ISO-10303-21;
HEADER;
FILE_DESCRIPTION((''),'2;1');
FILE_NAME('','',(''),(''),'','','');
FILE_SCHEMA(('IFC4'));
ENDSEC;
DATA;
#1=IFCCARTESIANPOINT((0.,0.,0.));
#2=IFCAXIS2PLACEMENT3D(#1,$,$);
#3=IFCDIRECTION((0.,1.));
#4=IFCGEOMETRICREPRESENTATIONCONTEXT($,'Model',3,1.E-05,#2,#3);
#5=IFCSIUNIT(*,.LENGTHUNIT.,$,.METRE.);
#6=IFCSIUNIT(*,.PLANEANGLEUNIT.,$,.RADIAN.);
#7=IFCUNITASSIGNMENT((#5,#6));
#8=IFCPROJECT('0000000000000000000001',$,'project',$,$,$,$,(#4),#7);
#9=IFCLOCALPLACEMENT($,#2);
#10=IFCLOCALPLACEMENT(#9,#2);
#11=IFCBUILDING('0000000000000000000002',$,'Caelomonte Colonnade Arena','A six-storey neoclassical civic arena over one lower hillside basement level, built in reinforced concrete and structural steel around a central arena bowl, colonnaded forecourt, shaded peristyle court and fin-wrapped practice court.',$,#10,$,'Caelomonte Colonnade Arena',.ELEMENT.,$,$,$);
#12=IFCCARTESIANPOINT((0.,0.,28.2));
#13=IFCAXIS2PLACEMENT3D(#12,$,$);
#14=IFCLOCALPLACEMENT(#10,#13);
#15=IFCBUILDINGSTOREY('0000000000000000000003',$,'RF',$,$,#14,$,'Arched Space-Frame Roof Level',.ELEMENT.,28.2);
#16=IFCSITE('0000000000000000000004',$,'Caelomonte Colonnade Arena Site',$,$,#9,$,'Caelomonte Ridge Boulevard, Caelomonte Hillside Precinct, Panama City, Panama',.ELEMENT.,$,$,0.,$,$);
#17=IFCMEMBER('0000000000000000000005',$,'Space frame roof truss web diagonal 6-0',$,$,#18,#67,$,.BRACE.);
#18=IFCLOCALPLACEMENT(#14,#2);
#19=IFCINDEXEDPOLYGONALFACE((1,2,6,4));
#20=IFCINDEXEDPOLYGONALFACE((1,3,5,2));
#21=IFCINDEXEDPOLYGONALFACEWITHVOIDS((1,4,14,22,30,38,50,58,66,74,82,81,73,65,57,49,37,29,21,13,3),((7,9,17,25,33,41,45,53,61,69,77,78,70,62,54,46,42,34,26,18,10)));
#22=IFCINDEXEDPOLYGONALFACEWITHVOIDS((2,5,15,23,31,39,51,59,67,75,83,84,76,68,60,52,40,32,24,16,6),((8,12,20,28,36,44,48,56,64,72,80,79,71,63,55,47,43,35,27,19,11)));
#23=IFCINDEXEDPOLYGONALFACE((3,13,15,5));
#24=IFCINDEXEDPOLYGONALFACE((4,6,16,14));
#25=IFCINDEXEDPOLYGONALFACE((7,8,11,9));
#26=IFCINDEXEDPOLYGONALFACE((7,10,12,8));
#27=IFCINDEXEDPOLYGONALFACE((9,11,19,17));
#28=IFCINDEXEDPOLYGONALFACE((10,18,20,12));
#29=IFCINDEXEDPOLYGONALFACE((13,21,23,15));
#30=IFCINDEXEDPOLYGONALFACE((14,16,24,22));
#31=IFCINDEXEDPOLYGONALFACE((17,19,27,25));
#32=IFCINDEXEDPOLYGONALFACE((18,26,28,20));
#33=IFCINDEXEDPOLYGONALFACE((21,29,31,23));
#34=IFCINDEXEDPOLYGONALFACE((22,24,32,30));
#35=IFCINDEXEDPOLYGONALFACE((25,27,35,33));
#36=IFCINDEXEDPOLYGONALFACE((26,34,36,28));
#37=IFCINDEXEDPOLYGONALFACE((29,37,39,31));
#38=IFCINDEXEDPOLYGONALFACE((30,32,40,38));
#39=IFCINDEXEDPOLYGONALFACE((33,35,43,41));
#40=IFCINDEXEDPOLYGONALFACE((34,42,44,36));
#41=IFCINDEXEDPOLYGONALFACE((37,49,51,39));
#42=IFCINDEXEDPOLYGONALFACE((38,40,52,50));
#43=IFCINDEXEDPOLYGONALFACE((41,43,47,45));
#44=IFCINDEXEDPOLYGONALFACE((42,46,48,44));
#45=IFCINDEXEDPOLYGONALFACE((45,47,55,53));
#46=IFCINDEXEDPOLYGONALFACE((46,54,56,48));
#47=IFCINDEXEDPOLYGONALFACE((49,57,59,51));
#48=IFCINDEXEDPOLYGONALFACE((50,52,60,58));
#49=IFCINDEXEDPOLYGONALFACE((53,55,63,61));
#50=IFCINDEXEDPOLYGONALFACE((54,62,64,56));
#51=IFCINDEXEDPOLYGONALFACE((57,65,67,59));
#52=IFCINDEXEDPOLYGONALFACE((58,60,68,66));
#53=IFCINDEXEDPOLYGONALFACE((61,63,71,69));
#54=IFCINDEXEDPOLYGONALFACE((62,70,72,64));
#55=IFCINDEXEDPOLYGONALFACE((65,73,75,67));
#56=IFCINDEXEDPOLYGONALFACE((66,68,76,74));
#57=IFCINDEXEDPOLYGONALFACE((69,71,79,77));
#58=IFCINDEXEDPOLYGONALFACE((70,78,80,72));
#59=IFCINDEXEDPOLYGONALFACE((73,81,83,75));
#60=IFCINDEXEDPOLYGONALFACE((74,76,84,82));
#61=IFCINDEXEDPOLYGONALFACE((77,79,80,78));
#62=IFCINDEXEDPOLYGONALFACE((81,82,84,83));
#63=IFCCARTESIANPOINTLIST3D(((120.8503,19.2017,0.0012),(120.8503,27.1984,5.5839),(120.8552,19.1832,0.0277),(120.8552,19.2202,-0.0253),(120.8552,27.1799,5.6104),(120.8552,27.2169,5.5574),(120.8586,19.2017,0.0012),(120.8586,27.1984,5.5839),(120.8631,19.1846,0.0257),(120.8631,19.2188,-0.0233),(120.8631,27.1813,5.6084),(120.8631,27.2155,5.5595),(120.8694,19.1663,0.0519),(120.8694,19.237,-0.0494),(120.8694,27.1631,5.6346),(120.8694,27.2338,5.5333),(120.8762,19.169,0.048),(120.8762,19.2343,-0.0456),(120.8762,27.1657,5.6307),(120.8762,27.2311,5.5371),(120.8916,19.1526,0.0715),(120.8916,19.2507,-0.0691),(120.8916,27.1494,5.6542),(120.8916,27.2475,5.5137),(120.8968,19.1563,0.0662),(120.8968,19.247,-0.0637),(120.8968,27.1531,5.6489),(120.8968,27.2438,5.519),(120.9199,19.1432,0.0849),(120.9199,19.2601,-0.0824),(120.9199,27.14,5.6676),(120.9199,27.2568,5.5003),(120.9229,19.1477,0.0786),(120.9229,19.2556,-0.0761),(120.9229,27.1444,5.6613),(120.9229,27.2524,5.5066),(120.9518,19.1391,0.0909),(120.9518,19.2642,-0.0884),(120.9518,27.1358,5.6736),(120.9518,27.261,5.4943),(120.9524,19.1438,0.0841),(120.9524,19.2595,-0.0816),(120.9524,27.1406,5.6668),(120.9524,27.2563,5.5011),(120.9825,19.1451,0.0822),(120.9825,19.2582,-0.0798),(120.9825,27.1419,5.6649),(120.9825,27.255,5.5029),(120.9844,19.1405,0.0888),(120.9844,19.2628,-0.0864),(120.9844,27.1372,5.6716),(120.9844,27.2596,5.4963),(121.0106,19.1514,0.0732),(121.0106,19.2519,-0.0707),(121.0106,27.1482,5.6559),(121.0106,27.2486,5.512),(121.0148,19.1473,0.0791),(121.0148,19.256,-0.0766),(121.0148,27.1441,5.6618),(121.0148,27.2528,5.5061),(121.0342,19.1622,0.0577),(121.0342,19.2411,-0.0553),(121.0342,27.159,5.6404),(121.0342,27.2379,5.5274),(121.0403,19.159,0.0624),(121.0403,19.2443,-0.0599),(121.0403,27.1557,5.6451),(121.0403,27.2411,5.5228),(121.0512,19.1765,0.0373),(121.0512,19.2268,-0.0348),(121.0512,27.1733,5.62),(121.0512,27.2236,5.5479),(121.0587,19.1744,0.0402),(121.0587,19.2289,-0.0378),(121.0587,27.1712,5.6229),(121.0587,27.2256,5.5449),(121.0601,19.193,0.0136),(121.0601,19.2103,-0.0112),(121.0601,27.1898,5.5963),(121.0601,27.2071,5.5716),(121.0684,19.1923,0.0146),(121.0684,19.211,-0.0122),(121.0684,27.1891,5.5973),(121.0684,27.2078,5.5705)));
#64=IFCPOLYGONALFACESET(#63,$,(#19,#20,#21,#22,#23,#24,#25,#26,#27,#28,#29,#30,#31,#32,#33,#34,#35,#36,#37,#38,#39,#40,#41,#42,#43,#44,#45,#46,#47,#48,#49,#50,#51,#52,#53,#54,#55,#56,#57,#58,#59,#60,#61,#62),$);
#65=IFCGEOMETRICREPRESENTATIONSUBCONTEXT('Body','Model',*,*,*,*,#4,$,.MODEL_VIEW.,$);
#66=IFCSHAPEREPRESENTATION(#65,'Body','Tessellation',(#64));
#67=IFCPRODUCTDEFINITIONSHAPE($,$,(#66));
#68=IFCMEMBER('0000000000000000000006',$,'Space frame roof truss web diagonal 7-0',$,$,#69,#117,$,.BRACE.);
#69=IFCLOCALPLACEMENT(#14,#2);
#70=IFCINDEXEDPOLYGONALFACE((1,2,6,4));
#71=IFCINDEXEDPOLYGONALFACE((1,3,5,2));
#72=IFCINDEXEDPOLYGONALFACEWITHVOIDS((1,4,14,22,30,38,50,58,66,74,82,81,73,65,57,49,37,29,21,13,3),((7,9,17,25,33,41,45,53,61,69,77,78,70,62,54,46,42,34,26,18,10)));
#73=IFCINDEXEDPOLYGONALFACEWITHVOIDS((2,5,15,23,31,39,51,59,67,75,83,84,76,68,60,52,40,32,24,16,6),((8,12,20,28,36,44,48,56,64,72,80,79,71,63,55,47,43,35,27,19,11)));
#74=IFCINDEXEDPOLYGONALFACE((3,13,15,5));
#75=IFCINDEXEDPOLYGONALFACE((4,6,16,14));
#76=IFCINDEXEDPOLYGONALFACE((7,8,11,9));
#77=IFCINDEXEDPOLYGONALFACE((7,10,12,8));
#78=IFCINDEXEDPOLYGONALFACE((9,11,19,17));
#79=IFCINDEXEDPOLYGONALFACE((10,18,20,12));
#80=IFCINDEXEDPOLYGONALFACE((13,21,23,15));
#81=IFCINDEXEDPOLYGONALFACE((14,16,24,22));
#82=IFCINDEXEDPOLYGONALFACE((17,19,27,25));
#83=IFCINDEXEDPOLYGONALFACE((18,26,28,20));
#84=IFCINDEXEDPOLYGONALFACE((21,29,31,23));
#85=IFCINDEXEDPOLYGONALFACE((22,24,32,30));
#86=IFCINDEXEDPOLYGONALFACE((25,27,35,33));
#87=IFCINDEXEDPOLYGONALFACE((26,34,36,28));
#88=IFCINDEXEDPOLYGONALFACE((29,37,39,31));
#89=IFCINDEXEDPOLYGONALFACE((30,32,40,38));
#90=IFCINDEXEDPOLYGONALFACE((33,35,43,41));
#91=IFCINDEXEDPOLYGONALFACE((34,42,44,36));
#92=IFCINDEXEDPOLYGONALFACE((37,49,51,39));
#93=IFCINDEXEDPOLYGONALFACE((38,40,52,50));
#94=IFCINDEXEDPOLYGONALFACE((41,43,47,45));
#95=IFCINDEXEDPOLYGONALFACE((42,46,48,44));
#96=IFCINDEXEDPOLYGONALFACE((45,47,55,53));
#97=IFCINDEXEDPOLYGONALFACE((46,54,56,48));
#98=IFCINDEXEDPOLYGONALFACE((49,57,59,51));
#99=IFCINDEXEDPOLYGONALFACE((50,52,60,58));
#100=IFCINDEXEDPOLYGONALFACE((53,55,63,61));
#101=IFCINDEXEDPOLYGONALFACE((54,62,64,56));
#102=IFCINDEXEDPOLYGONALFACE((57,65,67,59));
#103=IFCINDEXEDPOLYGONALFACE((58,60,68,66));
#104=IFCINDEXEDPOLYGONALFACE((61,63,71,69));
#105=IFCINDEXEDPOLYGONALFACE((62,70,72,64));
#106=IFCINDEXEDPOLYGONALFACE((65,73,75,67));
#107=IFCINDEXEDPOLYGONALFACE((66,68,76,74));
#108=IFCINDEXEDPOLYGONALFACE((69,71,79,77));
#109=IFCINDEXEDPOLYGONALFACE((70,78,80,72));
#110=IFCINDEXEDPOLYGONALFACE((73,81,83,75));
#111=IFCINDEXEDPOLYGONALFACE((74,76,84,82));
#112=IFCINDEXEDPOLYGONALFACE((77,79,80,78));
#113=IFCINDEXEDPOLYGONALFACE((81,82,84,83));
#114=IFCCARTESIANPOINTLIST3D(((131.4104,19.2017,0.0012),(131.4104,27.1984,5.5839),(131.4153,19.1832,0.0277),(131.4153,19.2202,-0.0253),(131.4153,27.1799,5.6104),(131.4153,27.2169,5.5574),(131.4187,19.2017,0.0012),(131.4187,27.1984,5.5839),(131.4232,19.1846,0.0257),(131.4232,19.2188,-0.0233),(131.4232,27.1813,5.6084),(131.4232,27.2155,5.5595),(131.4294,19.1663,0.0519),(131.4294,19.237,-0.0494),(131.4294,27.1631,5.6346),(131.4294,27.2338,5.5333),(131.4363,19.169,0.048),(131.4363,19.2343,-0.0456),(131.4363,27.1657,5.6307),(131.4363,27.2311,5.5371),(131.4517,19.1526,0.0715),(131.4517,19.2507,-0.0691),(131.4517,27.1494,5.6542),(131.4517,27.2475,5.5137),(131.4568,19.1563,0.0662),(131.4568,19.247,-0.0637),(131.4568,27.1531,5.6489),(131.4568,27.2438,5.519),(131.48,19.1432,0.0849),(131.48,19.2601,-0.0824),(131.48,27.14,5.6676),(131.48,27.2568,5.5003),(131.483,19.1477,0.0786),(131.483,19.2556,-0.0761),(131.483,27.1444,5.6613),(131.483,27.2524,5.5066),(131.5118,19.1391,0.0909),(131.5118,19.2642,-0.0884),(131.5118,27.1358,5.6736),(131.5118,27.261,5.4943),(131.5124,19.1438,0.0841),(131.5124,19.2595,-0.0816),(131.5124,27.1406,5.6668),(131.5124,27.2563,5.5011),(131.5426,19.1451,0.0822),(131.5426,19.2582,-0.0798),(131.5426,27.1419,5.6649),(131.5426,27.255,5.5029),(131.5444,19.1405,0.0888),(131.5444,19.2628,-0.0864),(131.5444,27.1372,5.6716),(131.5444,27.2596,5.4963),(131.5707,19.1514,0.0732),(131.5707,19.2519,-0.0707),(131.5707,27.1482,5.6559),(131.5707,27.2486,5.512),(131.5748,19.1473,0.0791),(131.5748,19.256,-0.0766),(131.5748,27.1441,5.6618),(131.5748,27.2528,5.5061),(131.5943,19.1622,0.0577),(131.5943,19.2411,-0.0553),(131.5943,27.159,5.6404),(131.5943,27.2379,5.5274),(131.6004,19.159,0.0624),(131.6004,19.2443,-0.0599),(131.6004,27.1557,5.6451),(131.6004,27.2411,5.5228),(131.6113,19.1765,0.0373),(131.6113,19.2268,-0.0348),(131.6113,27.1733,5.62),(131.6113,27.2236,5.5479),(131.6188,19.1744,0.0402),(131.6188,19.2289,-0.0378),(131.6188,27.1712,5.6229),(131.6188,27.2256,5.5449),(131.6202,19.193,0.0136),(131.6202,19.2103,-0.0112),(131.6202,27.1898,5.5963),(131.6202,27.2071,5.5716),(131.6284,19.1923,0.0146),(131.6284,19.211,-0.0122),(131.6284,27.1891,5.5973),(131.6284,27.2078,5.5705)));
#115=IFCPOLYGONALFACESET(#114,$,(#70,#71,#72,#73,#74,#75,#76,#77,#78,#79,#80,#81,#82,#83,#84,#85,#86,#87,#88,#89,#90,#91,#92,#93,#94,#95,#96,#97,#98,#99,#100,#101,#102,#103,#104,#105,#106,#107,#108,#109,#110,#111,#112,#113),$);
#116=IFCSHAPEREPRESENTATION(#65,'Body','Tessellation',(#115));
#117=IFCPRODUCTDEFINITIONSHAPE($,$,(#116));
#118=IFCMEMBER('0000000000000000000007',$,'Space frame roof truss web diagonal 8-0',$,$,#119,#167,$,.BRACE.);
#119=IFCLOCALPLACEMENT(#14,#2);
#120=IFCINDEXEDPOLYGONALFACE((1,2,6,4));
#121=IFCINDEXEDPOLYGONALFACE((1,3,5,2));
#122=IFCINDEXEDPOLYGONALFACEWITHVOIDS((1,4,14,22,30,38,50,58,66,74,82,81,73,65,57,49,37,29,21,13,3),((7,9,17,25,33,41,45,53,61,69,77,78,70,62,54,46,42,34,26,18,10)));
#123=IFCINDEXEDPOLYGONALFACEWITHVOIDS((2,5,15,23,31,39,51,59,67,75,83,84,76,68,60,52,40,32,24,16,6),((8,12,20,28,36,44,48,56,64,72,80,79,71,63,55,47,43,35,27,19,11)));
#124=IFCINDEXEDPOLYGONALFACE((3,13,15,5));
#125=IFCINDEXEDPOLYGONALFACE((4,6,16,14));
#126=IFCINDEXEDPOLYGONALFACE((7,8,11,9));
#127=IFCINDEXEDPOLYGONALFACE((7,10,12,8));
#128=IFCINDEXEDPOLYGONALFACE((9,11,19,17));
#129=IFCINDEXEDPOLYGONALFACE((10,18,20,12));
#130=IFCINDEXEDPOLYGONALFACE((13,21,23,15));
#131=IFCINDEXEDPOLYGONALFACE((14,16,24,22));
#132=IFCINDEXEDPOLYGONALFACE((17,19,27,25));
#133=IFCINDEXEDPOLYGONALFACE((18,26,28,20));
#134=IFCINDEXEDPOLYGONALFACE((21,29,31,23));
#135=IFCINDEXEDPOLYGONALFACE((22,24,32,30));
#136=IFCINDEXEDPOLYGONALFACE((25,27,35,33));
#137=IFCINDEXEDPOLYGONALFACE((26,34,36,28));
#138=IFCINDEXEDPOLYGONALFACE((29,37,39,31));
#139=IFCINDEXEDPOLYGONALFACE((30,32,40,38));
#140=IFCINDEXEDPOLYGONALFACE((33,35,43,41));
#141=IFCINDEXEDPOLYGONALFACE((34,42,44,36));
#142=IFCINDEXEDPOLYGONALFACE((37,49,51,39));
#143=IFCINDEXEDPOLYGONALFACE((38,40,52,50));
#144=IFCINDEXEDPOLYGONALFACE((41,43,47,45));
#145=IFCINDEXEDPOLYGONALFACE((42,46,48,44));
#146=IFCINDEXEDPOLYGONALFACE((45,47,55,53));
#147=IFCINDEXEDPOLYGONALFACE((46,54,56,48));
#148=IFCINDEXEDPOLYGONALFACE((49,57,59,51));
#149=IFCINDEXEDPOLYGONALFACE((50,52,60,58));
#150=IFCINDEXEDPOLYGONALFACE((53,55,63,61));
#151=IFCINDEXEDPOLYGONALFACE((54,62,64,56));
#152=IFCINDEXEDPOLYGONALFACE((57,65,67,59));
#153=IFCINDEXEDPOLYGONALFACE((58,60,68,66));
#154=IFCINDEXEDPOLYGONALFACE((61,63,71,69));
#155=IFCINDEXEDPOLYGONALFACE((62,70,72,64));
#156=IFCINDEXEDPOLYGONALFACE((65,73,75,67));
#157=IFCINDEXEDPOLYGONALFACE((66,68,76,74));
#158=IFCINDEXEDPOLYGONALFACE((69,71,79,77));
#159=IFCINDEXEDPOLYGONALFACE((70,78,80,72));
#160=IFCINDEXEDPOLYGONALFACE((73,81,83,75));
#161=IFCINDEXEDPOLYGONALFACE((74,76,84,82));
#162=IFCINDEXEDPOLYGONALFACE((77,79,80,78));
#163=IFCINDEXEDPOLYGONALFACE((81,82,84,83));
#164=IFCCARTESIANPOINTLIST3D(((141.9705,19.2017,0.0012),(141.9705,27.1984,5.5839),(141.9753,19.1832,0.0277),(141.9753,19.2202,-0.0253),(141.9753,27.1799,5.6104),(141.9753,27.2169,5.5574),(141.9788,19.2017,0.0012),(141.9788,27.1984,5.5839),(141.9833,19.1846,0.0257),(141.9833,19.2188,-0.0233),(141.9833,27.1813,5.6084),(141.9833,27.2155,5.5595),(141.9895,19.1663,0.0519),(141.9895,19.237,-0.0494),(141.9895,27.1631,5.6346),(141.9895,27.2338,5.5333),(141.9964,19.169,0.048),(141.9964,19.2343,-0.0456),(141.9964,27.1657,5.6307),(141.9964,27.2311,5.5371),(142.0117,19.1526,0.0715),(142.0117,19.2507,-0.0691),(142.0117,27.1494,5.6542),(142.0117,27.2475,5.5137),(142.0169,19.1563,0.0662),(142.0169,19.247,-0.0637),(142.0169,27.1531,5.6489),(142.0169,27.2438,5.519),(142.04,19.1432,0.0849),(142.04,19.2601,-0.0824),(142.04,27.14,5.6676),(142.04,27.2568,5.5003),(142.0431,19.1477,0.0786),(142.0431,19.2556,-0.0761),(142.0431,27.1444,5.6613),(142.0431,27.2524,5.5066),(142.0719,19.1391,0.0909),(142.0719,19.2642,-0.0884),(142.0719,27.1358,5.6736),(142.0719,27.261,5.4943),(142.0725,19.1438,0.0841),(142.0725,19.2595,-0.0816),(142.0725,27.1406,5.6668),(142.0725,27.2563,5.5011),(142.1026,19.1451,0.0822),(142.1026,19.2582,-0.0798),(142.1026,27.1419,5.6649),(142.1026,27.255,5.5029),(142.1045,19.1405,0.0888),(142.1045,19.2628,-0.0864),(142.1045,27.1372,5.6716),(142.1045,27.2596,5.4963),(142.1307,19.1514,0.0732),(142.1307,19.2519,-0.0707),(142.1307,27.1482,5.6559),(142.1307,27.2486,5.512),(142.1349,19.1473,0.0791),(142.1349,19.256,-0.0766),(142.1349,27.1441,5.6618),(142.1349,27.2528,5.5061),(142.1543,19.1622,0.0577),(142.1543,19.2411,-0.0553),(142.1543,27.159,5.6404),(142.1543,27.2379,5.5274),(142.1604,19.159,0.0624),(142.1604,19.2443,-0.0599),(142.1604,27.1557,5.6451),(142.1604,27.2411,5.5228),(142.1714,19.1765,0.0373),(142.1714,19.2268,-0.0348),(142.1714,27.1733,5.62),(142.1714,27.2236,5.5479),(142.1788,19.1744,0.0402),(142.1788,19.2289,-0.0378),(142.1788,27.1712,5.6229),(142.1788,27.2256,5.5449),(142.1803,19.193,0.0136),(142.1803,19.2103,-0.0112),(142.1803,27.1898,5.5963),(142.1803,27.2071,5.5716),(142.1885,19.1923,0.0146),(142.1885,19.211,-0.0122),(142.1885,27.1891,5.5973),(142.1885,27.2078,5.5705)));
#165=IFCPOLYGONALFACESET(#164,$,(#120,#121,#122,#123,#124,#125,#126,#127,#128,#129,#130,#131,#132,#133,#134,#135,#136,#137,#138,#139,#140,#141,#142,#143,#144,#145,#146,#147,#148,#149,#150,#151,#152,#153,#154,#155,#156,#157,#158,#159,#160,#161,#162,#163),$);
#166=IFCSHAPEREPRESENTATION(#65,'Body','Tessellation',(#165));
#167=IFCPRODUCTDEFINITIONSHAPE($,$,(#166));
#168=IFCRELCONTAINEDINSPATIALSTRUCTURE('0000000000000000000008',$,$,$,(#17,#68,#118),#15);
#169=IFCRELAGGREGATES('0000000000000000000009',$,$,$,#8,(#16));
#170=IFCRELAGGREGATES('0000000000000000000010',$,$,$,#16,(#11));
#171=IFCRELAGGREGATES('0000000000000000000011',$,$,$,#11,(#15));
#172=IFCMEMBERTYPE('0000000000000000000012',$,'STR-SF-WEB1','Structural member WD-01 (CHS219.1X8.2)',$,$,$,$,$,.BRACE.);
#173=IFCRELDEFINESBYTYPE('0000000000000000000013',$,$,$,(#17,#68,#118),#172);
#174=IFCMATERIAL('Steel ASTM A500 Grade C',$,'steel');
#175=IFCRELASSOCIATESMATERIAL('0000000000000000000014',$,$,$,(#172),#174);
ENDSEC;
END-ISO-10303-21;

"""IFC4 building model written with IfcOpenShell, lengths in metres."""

from ifc_helpers import new_model, si_unit, direction, frame, origin, origin_2d, place, context, subcontext, project, spatial, hollow_circle, extrude, material, material_profile, profile_set, type_object, element, save


model = new_model("IFC4")

# Units and contexts
model_context = context("Model", 3, precision=1e-05, world=origin(), true_north=direction((0.0, 1.0)))
body_context = subcontext(model_context, "Body", "Model", "MODEL_VIEW")
ifc_project = project(units=[si_unit("LENGTHUNIT", "METRE"), si_unit("PLANEANGLEUNIT", "RADIAN")], contexts=[model_context])

# Site, building, storey
site_placement = place(None, origin())
site = spatial("IfcSite", under=ifc_project, at=site_placement, Name="Caelomonte Colonnade Arena Site", LongName="Caelomonte Ridge Boulevard, Caelomonte Hillside Precinct, Panama City, Panama", CompositionType="ELEMENT", RefElevation=0.0)
building_placement = place(site_placement, origin())
building = spatial("IfcBuilding", under=site, at=building_placement, Name="Caelomonte Colonnade Arena", Description="A six-storey neoclassical civic arena over one lower hillside basement level, built in reinforced concrete and structural steel around a central arena bowl, colonnaded forecourt, shaded peristyle court and fin-wrapped practice court.", LongName="Caelomonte Colonnade Arena", CompositionType="ELEMENT")
storey_placement = place(building_placement, frame((0.0, 0.0, 28.2)))
storey = spatial("IfcBuildingStorey", under=building, at=storey_placement, Name="RF", LongName="Arched Space-Frame Roof Level", CompositionType="ELEMENT", Elevation=28.2)

# Members
ifc_material_1 = material(Name="Steel ASTM A500 Grade C", Category="steel")
ifc_material_profile_1 = material_profile(ifc_material_1, hollow_circle(Radius=0.1096, WallThickness=0.0083, at=origin_2d()), Name="CHS219.1X8.2")
ifc_profile_set_1 = profile_set([ifc_material_profile_1], Name="Steel ASTM A500 Grade C")
member_type_1 = type_object("IfcMemberType", Name="STR-SF-WEB1", Description="Structural member WD-01 (CHS219.1X8.2)", PredefinedType="BRACE", material=ifc_profile_set_1)
for number, where, z_axis, x_axis, name in (
    (1, (120.96, 19.2017, 0.0012), (0.0, 0.819955, 0.572429), (-1.0, 0.0, 0.0), "Space frame roof truss web diagonal 6-0"),
    (2, (131.52, 19.2017, 0.0012), (0.0, 0.819955, 0.572429), (-1.0, 0.0, 0.0), "Space frame roof truss web diagonal 7-0"),
    (3, (142.0801, 19.2017, 0.0012), (0.0, 0.819955, 0.572429), (-1.0, 0.0, 0.0), "Space frame roof truss web diagonal 8-0"),
):
    element("IfcMember", number, at=place(storey_placement, frame(where, z_axis=z_axis, x_axis=x_axis)), inside=storey, type_object=member_type_1, Name=name, PredefinedType="BRACE", context=body_context, shape_type="SweptSolid", body=[
        extrude(hollow_circle(Radius=0.1096, WallThickness=0.0083, at=origin_2d()), origin(), (0.0, 0.0, 1.0), 9.7527),
    ])

save(model, "model.ifc")
